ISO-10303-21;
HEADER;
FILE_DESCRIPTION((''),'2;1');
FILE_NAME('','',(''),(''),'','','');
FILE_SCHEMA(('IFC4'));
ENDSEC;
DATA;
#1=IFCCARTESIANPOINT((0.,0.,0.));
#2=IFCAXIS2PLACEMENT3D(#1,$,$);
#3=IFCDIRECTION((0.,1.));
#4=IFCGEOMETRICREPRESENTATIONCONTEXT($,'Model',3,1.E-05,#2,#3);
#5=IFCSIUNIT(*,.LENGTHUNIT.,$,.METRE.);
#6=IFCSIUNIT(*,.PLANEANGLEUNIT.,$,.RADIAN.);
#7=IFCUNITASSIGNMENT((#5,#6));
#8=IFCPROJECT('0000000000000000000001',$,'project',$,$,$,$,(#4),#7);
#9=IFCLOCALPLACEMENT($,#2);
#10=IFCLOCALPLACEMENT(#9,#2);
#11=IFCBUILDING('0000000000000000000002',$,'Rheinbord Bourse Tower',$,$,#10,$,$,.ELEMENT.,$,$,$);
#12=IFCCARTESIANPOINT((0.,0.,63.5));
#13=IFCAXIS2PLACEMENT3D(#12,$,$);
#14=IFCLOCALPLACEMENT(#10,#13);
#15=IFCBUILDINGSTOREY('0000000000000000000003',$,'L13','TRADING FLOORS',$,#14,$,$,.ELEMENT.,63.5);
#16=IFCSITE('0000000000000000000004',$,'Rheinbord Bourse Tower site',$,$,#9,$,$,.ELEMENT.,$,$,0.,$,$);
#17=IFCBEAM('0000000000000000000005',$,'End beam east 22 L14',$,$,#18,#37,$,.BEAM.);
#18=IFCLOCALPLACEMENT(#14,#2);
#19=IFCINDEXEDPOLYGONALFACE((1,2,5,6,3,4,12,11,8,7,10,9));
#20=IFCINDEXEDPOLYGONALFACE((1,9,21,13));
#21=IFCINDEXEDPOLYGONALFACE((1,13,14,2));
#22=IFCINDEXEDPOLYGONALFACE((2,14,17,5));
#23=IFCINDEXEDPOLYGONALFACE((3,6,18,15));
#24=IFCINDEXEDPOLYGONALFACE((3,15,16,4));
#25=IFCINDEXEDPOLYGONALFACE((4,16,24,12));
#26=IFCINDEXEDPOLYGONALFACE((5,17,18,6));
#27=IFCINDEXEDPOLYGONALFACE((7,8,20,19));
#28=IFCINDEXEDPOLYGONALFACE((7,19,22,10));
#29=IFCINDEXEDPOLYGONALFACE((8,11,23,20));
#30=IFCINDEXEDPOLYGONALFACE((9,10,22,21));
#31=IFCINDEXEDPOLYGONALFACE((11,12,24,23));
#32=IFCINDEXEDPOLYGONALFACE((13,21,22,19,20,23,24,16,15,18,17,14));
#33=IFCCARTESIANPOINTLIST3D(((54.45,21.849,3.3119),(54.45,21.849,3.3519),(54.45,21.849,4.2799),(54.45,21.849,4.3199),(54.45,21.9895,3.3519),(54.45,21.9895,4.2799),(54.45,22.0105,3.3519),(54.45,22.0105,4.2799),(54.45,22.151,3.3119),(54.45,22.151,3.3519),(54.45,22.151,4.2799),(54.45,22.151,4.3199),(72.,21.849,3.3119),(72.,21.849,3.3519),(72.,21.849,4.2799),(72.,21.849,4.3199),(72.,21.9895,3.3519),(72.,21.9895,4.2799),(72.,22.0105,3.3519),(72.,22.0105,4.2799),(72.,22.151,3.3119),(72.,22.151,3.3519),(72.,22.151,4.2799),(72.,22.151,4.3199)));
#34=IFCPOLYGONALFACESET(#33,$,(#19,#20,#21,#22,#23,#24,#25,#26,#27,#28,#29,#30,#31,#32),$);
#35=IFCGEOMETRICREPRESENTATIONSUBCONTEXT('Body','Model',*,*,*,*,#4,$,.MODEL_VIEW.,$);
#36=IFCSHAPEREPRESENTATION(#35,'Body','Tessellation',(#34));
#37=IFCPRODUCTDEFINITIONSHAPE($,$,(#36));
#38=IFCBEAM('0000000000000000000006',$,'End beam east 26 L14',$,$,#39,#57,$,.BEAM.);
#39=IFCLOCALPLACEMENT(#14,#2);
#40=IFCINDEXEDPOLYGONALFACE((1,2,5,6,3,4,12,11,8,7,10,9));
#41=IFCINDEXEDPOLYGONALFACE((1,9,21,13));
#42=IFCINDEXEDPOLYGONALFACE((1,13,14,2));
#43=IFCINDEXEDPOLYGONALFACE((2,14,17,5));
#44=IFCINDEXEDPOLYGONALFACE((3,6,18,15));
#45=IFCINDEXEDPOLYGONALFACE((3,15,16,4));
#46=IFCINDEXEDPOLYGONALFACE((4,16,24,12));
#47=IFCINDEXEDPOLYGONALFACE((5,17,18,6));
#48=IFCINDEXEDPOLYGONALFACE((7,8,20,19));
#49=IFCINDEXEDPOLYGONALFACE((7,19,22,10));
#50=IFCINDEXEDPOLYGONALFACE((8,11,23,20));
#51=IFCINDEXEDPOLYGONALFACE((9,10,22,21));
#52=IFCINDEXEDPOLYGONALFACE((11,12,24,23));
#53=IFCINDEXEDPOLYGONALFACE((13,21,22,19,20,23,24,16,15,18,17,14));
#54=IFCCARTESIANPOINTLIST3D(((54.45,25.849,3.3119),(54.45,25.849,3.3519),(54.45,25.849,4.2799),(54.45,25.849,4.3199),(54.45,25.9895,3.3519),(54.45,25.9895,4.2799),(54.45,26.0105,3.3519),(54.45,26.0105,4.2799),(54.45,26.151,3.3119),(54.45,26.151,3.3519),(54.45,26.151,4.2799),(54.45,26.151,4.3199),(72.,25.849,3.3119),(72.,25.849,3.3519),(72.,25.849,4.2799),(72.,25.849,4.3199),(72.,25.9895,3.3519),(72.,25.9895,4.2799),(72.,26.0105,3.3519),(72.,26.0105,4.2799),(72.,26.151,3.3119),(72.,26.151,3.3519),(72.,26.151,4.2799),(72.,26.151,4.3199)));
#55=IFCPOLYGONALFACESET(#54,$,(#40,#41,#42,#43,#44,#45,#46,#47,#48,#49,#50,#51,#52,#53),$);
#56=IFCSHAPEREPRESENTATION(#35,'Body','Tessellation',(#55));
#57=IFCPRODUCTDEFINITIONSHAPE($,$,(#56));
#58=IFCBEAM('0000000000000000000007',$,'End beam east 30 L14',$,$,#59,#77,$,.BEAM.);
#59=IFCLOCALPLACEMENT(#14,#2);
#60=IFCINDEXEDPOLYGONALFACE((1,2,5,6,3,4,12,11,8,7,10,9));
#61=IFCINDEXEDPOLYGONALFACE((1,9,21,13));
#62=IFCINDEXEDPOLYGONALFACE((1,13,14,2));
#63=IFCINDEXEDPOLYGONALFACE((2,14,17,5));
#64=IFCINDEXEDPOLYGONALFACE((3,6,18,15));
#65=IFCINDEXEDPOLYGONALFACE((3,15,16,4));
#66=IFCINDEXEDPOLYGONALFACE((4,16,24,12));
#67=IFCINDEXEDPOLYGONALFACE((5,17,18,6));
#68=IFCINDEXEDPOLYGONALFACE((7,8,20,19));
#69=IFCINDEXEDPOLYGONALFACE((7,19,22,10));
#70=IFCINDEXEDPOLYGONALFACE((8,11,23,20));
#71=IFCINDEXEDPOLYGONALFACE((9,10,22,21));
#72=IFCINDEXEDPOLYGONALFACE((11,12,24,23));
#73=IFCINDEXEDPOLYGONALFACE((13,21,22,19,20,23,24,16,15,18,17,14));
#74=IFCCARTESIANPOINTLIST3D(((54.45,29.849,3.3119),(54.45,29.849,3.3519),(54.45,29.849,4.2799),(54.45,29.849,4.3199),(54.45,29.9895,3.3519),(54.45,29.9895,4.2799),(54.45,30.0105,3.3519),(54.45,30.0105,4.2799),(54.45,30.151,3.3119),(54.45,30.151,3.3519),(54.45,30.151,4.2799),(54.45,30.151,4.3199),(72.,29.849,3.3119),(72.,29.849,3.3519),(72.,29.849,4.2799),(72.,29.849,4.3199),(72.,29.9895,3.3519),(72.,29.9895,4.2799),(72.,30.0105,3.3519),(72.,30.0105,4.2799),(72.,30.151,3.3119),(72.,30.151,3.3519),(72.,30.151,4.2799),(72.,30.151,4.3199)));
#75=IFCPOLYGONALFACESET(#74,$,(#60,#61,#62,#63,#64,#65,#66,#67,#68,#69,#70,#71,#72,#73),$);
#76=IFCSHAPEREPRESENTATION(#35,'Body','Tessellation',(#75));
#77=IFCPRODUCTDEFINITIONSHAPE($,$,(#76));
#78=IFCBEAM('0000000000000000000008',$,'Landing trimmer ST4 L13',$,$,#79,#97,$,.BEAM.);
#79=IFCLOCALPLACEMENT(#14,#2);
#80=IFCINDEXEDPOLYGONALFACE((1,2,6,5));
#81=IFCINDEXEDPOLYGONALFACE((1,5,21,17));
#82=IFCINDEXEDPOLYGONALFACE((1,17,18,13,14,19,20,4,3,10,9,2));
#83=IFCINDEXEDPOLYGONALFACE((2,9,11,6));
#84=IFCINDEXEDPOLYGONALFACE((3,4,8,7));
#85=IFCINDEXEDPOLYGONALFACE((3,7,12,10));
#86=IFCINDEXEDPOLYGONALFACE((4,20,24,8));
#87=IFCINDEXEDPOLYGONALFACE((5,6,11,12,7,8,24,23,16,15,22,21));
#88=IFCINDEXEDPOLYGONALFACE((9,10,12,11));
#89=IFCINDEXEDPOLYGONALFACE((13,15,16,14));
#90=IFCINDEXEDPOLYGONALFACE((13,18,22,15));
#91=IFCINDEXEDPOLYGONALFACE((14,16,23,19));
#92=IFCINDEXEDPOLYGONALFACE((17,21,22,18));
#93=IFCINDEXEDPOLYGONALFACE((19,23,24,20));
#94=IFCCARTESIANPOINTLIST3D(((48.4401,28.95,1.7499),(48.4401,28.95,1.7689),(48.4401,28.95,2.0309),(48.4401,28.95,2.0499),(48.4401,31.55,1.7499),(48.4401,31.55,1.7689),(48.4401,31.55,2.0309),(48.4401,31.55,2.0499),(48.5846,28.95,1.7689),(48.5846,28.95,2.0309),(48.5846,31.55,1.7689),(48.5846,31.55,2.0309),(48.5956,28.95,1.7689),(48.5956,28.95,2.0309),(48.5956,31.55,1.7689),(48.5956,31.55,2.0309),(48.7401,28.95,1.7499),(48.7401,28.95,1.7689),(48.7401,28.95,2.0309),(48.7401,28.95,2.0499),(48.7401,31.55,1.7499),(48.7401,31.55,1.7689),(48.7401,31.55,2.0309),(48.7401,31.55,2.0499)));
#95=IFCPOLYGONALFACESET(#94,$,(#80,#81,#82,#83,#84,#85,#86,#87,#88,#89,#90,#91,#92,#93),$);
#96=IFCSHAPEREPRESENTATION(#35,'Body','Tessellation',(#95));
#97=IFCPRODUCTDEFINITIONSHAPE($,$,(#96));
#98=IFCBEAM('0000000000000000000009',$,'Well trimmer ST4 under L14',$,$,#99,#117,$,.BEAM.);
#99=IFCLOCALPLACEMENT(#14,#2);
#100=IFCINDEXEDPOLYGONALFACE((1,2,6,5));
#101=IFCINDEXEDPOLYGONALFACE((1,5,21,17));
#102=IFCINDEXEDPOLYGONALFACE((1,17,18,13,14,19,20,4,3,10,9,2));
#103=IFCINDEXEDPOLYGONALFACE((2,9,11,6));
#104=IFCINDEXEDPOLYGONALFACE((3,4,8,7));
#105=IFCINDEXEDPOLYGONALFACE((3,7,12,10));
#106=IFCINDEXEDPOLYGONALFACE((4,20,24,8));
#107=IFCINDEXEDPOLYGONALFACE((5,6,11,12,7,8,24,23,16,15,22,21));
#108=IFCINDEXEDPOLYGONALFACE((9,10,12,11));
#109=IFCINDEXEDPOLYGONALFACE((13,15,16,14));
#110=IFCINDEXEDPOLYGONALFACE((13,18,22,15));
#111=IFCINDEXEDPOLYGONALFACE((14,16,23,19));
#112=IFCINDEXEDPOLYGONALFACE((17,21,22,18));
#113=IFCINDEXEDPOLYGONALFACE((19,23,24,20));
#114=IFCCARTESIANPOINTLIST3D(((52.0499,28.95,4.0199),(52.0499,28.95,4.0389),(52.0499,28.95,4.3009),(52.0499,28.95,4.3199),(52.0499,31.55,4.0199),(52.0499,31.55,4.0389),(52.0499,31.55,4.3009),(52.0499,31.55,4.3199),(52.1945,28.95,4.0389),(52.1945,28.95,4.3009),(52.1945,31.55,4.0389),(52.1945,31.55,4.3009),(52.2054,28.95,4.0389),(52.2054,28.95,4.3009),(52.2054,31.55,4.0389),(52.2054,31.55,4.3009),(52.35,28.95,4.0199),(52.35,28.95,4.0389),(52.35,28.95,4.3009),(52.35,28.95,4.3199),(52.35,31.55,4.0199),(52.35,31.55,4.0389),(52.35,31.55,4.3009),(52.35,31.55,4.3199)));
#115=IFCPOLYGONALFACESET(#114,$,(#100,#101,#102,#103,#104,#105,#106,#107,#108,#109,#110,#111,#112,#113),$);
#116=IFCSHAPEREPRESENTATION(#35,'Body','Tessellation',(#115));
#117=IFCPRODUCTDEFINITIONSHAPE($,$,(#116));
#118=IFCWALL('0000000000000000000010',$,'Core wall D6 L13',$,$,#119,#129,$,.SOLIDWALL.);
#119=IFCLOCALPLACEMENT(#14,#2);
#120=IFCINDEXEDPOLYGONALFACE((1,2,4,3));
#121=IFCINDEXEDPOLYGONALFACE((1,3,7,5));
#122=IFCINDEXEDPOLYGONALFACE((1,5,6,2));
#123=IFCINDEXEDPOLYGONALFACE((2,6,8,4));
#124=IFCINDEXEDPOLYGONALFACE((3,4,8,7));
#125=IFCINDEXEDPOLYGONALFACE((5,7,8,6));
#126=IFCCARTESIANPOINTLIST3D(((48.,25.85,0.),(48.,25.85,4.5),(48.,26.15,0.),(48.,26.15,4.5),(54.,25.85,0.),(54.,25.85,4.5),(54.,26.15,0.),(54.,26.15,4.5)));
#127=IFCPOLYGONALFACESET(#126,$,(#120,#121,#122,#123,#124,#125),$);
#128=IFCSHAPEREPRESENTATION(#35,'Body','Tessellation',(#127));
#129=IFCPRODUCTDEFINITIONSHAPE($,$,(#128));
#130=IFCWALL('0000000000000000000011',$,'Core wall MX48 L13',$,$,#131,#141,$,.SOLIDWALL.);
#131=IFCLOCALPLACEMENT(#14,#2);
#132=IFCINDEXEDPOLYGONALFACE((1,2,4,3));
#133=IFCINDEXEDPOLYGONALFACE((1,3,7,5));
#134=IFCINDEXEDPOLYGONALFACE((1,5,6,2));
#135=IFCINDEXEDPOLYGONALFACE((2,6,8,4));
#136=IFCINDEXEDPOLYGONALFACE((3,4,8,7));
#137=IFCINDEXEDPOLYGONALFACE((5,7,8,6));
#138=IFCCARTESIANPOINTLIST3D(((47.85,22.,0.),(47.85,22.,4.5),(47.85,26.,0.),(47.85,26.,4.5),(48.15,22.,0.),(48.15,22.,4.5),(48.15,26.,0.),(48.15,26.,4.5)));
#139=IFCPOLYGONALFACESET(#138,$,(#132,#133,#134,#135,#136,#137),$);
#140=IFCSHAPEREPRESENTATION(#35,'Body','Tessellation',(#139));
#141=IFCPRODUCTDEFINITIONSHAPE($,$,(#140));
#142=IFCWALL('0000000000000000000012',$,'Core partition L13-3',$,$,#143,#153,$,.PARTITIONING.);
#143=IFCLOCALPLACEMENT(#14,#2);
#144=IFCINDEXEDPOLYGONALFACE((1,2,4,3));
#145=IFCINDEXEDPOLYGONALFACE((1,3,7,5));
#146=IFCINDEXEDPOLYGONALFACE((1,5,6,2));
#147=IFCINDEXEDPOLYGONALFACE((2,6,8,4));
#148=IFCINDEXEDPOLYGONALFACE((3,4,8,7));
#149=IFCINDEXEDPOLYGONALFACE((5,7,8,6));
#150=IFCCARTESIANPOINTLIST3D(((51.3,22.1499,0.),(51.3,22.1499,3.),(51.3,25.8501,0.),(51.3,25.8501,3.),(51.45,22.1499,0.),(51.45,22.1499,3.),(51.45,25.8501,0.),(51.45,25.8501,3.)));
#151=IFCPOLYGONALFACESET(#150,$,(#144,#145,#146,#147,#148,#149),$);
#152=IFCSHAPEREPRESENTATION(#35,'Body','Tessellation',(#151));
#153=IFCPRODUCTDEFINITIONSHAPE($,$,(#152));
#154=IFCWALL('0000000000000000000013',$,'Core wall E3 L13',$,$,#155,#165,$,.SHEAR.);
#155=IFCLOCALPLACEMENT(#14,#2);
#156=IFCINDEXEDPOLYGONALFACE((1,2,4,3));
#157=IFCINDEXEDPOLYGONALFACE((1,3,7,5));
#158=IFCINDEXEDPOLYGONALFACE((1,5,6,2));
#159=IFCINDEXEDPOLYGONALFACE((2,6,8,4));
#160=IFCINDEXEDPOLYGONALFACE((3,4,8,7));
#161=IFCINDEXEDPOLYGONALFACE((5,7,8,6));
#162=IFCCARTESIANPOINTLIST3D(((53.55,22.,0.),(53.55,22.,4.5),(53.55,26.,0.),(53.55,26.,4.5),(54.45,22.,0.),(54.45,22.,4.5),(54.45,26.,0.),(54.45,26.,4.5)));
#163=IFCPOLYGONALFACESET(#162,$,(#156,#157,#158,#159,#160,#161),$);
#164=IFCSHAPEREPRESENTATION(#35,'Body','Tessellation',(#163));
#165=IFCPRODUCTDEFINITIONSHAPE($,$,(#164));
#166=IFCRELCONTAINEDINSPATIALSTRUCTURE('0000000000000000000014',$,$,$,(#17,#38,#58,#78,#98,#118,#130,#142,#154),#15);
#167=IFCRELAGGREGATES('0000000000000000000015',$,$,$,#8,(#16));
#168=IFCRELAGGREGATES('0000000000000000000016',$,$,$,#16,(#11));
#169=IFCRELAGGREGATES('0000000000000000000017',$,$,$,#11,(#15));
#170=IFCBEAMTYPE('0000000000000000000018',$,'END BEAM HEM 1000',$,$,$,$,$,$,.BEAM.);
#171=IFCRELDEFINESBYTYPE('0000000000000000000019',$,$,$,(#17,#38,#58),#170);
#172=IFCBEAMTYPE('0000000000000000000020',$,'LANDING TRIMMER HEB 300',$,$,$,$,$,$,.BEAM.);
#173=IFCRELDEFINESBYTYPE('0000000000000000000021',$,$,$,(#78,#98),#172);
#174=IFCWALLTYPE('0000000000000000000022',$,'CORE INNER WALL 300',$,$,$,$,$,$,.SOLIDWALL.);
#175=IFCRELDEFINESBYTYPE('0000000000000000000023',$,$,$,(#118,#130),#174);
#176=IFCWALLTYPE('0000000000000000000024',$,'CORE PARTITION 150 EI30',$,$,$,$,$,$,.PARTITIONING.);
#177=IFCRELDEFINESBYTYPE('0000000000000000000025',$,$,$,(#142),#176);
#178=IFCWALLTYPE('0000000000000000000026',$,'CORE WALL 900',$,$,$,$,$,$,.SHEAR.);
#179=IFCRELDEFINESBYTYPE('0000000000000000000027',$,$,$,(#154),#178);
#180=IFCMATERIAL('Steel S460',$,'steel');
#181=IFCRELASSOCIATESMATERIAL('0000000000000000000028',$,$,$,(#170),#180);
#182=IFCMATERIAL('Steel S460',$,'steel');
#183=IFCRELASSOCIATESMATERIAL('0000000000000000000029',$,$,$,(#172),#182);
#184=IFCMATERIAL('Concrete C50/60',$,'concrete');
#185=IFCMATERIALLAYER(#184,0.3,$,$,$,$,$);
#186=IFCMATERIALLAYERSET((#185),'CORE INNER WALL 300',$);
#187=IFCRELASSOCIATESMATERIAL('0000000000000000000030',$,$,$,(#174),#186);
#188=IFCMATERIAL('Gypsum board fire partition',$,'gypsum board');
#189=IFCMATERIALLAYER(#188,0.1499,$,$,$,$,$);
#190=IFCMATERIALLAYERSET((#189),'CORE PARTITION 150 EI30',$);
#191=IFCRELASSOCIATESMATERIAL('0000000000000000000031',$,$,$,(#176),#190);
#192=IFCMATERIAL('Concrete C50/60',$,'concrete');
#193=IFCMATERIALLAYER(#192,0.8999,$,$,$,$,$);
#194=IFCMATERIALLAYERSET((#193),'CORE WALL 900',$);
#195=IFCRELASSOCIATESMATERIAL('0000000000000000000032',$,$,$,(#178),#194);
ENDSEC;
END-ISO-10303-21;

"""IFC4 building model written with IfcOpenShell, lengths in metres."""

from ifc_helpers import new_model, si_unit, direction, frame, frame_2d, origin, origin_2d, place, context, subcontext, project, spatial, rectangle, i_section, extrude, material, layer, layer_set, material_profile, profile_set, type_object, element, save


model = new_model("IFC4")

# Units and contexts
model_context = context("Model", 3, precision=1e-05, world=origin(), true_north=direction((0.0, 1.0)))
body_context = subcontext(model_context, "Body", "Model", "MODEL_VIEW")
ifc_project = project(units=[si_unit("LENGTHUNIT", "METRE"), si_unit("PLANEANGLEUNIT", "RADIAN")], contexts=[model_context])

# Site, building, storey
site_placement = place(None, origin())
site = spatial("IfcSite", under=ifc_project, at=site_placement, Name="Rheinbord Bourse Tower site", CompositionType="ELEMENT", RefElevation=0.0)
building_placement = place(site_placement, origin())
building = spatial("IfcBuilding", under=site, at=building_placement, Name="Rheinbord Bourse Tower", CompositionType="ELEMENT")
storey_placement = place(building_placement, frame((0.0, 0.0, 63.5)))
storey = spatial("IfcBuildingStorey", under=building, at=storey_placement, Name="L13", Description="TRADING FLOORS", CompositionType="ELEMENT", Elevation=63.5)

# Beams
ifc_material_1 = material(Name="Steel S460", Category="steel")
ifc_material_profile_1 = material_profile(ifc_material_1, i_section(OverallWidth=0.302, OverallDepth=1.0081, WebThickness=0.021, FlangeThickness=0.04, at=origin_2d()), Name="HEM 1000")
ifc_profile_set_1 = profile_set([ifc_material_profile_1], Name="Steel S460")
beam_type_1 = type_object("IfcBeamType", Name="END BEAM HEM 1000", PredefinedType="BEAM", material=ifc_profile_set_1)
for number, where, z_axis, x_axis, name in (
    (1, (54.45, 22.0, 3.8159), (1.0, 0.0, 0.0), (0.0, 1.0, 0.0), "End beam east 22 L14"),
    (2, (54.45, 26.0, 3.8159), (1.0, 0.0, 0.0), (0.0, 1.0, 0.0), "End beam east 26 L14"),
    (3, (54.45, 30.0, 3.8159), (1.0, 0.0, 0.0), (0.0, 1.0, 0.0), "End beam east 30 L14"),
):
    element("IfcBeam", number, at=place(storey_placement, frame(where, z_axis=z_axis, x_axis=x_axis)), inside=storey, type_object=beam_type_1, Name=name, PredefinedType="BEAM", context=body_context, shape_type="SweptSolid", body=[
        extrude(i_section(OverallWidth=0.302, OverallDepth=1.0081, WebThickness=0.021, FlangeThickness=0.04, at=origin_2d()), origin(), (0.0, 0.0, 1.0), 17.55),
    ])
ifc_material_2 = material(Name="Steel S460", Category="steel")
ifc_material_profile_2 = material_profile(ifc_material_2, i_section(OverallWidth=0.3, OverallDepth=0.3, WebThickness=0.011, FlangeThickness=0.019, at=origin_2d()), Name="HEB 300")
ifc_profile_set_2 = profile_set([ifc_material_profile_2], Name="Steel S460")
beam_type_2 = type_object("IfcBeamType", Name="LANDING TRIMMER HEB 300", PredefinedType="BEAM", material=ifc_profile_set_2)
for number, where, z_axis, x_axis, name in (
    (4, (48.5901, 28.95, 1.8999), (0.0, 1.0, 0.0), (-1.0, 0.0, 0.0), "Landing trimmer ST4 L13"),
    (5, (52.2, 28.95, 4.1699), (0.0, 1.0, 0.0), (-1.0, 0.0, 0.0), "Well trimmer ST4 under L14"),
):
    element("IfcBeam", number, at=place(storey_placement, frame(where, z_axis=z_axis, x_axis=x_axis)), inside=storey, type_object=beam_type_2, Name=name, PredefinedType="BEAM", context=body_context, shape_type="SweptSolid", body=[
        extrude(i_section(OverallWidth=0.3, OverallDepth=0.3, WebThickness=0.011, FlangeThickness=0.019, at=origin_2d()), origin(), (0.0, 0.0, 1.0), 2.6001),
    ])

# Walls
ifc_material_3 = material(Name="Concrete C50/60", Category="concrete")
ifc_layer_1 = layer(ifc_material_3, 0.3)
ifc_layer_set_1 = layer_set([ifc_layer_1], Name="CORE INNER WALL 300")
wall_type_1 = type_object("IfcWallType", Name="CORE INNER WALL 300", PredefinedType="SOLIDWALL", material=ifc_layer_set_1)
wall_1_placement = place(storey_placement, frame((48.0, 26.0, 0.0), z_axis=(0.0, 0.0, 1.0), x_axis=(1.0, 0.0, 0.0)))
element("IfcWall", 6, at=wall_1_placement, inside=storey, type_object=wall_type_1, Name="Core wall D6 L13", PredefinedType="SOLIDWALL", context=body_context, shape_type="SweptSolid", body=[
    extrude(rectangle(XDim=6.0, YDim=0.3, at=frame_2d((3.0, 0.0))), origin(), (0.0, 0.0, 1.0), 4.5),
])
wall_2_placement = place(storey_placement, frame((48.0, 22.0, 0.0), z_axis=(0.0, 0.0, 1.0), x_axis=(0.0, 1.0, 0.0)))
element("IfcWall", 7, at=wall_2_placement, inside=storey, type_object=wall_type_1, Name="Core wall MX48 L13", PredefinedType="SOLIDWALL", context=body_context, shape_type="SweptSolid", body=[
    extrude(rectangle(XDim=4.0, YDim=0.3, at=frame_2d((2.0, 0.0))), origin(), (0.0, 0.0, 1.0), 4.5),
])
ifc_material_4 = material(Name="Gypsum board fire partition", Category="gypsum board")
ifc_layer_2 = layer(ifc_material_4, 0.1499)
ifc_layer_set_2 = layer_set([ifc_layer_2], Name="CORE PARTITION 150 EI30")
wall_type_2 = type_object("IfcWallType", Name="CORE PARTITION 150 EI30", PredefinedType="PARTITIONING", material=ifc_layer_set_2)
wall_3_placement = place(storey_placement, frame((51.375, 22.1499, 0.0), z_axis=(0.0, 0.0, 1.0), x_axis=(0.0, 1.0, 0.0)))
element("IfcWall", 8, at=wall_3_placement, inside=storey, type_object=wall_type_2, Name="Core partition L13-3", PredefinedType="PARTITIONING", context=body_context, shape_type="SweptSolid", body=[
    extrude(rectangle(XDim=3.7002, YDim=0.1499, at=frame_2d((1.8501, 0.0))), origin(), (0.0, 0.0, 1.0), 3.0),
])
ifc_material_5 = material(Name="Concrete C50/60", Category="concrete")
ifc_layer_3 = layer(ifc_material_5, 0.8999)
ifc_layer_set_3 = layer_set([ifc_layer_3], Name="CORE WALL 900")
wall_type_3 = type_object("IfcWallType", Name="CORE WALL 900", PredefinedType="SHEAR", material=ifc_layer_set_3)
wall_4_placement = place(storey_placement, frame((54.0, 22.0, 0.0), z_axis=(0.0, 0.0, 1.0), x_axis=(0.0, 1.0, 0.0)))
element("IfcWall", 9, at=wall_4_placement, inside=storey, type_object=wall_type_3, Name="Core wall E3 L13", PredefinedType="SHEAR", context=body_context, shape_type="SweptSolid", body=[
    extrude(rectangle(XDim=4.0, YDim=0.8999, at=frame_2d((2.0, 0.0))), origin(), (0.0, 0.0, 1.0), 4.5),
])

save(model, "model.ifc")
